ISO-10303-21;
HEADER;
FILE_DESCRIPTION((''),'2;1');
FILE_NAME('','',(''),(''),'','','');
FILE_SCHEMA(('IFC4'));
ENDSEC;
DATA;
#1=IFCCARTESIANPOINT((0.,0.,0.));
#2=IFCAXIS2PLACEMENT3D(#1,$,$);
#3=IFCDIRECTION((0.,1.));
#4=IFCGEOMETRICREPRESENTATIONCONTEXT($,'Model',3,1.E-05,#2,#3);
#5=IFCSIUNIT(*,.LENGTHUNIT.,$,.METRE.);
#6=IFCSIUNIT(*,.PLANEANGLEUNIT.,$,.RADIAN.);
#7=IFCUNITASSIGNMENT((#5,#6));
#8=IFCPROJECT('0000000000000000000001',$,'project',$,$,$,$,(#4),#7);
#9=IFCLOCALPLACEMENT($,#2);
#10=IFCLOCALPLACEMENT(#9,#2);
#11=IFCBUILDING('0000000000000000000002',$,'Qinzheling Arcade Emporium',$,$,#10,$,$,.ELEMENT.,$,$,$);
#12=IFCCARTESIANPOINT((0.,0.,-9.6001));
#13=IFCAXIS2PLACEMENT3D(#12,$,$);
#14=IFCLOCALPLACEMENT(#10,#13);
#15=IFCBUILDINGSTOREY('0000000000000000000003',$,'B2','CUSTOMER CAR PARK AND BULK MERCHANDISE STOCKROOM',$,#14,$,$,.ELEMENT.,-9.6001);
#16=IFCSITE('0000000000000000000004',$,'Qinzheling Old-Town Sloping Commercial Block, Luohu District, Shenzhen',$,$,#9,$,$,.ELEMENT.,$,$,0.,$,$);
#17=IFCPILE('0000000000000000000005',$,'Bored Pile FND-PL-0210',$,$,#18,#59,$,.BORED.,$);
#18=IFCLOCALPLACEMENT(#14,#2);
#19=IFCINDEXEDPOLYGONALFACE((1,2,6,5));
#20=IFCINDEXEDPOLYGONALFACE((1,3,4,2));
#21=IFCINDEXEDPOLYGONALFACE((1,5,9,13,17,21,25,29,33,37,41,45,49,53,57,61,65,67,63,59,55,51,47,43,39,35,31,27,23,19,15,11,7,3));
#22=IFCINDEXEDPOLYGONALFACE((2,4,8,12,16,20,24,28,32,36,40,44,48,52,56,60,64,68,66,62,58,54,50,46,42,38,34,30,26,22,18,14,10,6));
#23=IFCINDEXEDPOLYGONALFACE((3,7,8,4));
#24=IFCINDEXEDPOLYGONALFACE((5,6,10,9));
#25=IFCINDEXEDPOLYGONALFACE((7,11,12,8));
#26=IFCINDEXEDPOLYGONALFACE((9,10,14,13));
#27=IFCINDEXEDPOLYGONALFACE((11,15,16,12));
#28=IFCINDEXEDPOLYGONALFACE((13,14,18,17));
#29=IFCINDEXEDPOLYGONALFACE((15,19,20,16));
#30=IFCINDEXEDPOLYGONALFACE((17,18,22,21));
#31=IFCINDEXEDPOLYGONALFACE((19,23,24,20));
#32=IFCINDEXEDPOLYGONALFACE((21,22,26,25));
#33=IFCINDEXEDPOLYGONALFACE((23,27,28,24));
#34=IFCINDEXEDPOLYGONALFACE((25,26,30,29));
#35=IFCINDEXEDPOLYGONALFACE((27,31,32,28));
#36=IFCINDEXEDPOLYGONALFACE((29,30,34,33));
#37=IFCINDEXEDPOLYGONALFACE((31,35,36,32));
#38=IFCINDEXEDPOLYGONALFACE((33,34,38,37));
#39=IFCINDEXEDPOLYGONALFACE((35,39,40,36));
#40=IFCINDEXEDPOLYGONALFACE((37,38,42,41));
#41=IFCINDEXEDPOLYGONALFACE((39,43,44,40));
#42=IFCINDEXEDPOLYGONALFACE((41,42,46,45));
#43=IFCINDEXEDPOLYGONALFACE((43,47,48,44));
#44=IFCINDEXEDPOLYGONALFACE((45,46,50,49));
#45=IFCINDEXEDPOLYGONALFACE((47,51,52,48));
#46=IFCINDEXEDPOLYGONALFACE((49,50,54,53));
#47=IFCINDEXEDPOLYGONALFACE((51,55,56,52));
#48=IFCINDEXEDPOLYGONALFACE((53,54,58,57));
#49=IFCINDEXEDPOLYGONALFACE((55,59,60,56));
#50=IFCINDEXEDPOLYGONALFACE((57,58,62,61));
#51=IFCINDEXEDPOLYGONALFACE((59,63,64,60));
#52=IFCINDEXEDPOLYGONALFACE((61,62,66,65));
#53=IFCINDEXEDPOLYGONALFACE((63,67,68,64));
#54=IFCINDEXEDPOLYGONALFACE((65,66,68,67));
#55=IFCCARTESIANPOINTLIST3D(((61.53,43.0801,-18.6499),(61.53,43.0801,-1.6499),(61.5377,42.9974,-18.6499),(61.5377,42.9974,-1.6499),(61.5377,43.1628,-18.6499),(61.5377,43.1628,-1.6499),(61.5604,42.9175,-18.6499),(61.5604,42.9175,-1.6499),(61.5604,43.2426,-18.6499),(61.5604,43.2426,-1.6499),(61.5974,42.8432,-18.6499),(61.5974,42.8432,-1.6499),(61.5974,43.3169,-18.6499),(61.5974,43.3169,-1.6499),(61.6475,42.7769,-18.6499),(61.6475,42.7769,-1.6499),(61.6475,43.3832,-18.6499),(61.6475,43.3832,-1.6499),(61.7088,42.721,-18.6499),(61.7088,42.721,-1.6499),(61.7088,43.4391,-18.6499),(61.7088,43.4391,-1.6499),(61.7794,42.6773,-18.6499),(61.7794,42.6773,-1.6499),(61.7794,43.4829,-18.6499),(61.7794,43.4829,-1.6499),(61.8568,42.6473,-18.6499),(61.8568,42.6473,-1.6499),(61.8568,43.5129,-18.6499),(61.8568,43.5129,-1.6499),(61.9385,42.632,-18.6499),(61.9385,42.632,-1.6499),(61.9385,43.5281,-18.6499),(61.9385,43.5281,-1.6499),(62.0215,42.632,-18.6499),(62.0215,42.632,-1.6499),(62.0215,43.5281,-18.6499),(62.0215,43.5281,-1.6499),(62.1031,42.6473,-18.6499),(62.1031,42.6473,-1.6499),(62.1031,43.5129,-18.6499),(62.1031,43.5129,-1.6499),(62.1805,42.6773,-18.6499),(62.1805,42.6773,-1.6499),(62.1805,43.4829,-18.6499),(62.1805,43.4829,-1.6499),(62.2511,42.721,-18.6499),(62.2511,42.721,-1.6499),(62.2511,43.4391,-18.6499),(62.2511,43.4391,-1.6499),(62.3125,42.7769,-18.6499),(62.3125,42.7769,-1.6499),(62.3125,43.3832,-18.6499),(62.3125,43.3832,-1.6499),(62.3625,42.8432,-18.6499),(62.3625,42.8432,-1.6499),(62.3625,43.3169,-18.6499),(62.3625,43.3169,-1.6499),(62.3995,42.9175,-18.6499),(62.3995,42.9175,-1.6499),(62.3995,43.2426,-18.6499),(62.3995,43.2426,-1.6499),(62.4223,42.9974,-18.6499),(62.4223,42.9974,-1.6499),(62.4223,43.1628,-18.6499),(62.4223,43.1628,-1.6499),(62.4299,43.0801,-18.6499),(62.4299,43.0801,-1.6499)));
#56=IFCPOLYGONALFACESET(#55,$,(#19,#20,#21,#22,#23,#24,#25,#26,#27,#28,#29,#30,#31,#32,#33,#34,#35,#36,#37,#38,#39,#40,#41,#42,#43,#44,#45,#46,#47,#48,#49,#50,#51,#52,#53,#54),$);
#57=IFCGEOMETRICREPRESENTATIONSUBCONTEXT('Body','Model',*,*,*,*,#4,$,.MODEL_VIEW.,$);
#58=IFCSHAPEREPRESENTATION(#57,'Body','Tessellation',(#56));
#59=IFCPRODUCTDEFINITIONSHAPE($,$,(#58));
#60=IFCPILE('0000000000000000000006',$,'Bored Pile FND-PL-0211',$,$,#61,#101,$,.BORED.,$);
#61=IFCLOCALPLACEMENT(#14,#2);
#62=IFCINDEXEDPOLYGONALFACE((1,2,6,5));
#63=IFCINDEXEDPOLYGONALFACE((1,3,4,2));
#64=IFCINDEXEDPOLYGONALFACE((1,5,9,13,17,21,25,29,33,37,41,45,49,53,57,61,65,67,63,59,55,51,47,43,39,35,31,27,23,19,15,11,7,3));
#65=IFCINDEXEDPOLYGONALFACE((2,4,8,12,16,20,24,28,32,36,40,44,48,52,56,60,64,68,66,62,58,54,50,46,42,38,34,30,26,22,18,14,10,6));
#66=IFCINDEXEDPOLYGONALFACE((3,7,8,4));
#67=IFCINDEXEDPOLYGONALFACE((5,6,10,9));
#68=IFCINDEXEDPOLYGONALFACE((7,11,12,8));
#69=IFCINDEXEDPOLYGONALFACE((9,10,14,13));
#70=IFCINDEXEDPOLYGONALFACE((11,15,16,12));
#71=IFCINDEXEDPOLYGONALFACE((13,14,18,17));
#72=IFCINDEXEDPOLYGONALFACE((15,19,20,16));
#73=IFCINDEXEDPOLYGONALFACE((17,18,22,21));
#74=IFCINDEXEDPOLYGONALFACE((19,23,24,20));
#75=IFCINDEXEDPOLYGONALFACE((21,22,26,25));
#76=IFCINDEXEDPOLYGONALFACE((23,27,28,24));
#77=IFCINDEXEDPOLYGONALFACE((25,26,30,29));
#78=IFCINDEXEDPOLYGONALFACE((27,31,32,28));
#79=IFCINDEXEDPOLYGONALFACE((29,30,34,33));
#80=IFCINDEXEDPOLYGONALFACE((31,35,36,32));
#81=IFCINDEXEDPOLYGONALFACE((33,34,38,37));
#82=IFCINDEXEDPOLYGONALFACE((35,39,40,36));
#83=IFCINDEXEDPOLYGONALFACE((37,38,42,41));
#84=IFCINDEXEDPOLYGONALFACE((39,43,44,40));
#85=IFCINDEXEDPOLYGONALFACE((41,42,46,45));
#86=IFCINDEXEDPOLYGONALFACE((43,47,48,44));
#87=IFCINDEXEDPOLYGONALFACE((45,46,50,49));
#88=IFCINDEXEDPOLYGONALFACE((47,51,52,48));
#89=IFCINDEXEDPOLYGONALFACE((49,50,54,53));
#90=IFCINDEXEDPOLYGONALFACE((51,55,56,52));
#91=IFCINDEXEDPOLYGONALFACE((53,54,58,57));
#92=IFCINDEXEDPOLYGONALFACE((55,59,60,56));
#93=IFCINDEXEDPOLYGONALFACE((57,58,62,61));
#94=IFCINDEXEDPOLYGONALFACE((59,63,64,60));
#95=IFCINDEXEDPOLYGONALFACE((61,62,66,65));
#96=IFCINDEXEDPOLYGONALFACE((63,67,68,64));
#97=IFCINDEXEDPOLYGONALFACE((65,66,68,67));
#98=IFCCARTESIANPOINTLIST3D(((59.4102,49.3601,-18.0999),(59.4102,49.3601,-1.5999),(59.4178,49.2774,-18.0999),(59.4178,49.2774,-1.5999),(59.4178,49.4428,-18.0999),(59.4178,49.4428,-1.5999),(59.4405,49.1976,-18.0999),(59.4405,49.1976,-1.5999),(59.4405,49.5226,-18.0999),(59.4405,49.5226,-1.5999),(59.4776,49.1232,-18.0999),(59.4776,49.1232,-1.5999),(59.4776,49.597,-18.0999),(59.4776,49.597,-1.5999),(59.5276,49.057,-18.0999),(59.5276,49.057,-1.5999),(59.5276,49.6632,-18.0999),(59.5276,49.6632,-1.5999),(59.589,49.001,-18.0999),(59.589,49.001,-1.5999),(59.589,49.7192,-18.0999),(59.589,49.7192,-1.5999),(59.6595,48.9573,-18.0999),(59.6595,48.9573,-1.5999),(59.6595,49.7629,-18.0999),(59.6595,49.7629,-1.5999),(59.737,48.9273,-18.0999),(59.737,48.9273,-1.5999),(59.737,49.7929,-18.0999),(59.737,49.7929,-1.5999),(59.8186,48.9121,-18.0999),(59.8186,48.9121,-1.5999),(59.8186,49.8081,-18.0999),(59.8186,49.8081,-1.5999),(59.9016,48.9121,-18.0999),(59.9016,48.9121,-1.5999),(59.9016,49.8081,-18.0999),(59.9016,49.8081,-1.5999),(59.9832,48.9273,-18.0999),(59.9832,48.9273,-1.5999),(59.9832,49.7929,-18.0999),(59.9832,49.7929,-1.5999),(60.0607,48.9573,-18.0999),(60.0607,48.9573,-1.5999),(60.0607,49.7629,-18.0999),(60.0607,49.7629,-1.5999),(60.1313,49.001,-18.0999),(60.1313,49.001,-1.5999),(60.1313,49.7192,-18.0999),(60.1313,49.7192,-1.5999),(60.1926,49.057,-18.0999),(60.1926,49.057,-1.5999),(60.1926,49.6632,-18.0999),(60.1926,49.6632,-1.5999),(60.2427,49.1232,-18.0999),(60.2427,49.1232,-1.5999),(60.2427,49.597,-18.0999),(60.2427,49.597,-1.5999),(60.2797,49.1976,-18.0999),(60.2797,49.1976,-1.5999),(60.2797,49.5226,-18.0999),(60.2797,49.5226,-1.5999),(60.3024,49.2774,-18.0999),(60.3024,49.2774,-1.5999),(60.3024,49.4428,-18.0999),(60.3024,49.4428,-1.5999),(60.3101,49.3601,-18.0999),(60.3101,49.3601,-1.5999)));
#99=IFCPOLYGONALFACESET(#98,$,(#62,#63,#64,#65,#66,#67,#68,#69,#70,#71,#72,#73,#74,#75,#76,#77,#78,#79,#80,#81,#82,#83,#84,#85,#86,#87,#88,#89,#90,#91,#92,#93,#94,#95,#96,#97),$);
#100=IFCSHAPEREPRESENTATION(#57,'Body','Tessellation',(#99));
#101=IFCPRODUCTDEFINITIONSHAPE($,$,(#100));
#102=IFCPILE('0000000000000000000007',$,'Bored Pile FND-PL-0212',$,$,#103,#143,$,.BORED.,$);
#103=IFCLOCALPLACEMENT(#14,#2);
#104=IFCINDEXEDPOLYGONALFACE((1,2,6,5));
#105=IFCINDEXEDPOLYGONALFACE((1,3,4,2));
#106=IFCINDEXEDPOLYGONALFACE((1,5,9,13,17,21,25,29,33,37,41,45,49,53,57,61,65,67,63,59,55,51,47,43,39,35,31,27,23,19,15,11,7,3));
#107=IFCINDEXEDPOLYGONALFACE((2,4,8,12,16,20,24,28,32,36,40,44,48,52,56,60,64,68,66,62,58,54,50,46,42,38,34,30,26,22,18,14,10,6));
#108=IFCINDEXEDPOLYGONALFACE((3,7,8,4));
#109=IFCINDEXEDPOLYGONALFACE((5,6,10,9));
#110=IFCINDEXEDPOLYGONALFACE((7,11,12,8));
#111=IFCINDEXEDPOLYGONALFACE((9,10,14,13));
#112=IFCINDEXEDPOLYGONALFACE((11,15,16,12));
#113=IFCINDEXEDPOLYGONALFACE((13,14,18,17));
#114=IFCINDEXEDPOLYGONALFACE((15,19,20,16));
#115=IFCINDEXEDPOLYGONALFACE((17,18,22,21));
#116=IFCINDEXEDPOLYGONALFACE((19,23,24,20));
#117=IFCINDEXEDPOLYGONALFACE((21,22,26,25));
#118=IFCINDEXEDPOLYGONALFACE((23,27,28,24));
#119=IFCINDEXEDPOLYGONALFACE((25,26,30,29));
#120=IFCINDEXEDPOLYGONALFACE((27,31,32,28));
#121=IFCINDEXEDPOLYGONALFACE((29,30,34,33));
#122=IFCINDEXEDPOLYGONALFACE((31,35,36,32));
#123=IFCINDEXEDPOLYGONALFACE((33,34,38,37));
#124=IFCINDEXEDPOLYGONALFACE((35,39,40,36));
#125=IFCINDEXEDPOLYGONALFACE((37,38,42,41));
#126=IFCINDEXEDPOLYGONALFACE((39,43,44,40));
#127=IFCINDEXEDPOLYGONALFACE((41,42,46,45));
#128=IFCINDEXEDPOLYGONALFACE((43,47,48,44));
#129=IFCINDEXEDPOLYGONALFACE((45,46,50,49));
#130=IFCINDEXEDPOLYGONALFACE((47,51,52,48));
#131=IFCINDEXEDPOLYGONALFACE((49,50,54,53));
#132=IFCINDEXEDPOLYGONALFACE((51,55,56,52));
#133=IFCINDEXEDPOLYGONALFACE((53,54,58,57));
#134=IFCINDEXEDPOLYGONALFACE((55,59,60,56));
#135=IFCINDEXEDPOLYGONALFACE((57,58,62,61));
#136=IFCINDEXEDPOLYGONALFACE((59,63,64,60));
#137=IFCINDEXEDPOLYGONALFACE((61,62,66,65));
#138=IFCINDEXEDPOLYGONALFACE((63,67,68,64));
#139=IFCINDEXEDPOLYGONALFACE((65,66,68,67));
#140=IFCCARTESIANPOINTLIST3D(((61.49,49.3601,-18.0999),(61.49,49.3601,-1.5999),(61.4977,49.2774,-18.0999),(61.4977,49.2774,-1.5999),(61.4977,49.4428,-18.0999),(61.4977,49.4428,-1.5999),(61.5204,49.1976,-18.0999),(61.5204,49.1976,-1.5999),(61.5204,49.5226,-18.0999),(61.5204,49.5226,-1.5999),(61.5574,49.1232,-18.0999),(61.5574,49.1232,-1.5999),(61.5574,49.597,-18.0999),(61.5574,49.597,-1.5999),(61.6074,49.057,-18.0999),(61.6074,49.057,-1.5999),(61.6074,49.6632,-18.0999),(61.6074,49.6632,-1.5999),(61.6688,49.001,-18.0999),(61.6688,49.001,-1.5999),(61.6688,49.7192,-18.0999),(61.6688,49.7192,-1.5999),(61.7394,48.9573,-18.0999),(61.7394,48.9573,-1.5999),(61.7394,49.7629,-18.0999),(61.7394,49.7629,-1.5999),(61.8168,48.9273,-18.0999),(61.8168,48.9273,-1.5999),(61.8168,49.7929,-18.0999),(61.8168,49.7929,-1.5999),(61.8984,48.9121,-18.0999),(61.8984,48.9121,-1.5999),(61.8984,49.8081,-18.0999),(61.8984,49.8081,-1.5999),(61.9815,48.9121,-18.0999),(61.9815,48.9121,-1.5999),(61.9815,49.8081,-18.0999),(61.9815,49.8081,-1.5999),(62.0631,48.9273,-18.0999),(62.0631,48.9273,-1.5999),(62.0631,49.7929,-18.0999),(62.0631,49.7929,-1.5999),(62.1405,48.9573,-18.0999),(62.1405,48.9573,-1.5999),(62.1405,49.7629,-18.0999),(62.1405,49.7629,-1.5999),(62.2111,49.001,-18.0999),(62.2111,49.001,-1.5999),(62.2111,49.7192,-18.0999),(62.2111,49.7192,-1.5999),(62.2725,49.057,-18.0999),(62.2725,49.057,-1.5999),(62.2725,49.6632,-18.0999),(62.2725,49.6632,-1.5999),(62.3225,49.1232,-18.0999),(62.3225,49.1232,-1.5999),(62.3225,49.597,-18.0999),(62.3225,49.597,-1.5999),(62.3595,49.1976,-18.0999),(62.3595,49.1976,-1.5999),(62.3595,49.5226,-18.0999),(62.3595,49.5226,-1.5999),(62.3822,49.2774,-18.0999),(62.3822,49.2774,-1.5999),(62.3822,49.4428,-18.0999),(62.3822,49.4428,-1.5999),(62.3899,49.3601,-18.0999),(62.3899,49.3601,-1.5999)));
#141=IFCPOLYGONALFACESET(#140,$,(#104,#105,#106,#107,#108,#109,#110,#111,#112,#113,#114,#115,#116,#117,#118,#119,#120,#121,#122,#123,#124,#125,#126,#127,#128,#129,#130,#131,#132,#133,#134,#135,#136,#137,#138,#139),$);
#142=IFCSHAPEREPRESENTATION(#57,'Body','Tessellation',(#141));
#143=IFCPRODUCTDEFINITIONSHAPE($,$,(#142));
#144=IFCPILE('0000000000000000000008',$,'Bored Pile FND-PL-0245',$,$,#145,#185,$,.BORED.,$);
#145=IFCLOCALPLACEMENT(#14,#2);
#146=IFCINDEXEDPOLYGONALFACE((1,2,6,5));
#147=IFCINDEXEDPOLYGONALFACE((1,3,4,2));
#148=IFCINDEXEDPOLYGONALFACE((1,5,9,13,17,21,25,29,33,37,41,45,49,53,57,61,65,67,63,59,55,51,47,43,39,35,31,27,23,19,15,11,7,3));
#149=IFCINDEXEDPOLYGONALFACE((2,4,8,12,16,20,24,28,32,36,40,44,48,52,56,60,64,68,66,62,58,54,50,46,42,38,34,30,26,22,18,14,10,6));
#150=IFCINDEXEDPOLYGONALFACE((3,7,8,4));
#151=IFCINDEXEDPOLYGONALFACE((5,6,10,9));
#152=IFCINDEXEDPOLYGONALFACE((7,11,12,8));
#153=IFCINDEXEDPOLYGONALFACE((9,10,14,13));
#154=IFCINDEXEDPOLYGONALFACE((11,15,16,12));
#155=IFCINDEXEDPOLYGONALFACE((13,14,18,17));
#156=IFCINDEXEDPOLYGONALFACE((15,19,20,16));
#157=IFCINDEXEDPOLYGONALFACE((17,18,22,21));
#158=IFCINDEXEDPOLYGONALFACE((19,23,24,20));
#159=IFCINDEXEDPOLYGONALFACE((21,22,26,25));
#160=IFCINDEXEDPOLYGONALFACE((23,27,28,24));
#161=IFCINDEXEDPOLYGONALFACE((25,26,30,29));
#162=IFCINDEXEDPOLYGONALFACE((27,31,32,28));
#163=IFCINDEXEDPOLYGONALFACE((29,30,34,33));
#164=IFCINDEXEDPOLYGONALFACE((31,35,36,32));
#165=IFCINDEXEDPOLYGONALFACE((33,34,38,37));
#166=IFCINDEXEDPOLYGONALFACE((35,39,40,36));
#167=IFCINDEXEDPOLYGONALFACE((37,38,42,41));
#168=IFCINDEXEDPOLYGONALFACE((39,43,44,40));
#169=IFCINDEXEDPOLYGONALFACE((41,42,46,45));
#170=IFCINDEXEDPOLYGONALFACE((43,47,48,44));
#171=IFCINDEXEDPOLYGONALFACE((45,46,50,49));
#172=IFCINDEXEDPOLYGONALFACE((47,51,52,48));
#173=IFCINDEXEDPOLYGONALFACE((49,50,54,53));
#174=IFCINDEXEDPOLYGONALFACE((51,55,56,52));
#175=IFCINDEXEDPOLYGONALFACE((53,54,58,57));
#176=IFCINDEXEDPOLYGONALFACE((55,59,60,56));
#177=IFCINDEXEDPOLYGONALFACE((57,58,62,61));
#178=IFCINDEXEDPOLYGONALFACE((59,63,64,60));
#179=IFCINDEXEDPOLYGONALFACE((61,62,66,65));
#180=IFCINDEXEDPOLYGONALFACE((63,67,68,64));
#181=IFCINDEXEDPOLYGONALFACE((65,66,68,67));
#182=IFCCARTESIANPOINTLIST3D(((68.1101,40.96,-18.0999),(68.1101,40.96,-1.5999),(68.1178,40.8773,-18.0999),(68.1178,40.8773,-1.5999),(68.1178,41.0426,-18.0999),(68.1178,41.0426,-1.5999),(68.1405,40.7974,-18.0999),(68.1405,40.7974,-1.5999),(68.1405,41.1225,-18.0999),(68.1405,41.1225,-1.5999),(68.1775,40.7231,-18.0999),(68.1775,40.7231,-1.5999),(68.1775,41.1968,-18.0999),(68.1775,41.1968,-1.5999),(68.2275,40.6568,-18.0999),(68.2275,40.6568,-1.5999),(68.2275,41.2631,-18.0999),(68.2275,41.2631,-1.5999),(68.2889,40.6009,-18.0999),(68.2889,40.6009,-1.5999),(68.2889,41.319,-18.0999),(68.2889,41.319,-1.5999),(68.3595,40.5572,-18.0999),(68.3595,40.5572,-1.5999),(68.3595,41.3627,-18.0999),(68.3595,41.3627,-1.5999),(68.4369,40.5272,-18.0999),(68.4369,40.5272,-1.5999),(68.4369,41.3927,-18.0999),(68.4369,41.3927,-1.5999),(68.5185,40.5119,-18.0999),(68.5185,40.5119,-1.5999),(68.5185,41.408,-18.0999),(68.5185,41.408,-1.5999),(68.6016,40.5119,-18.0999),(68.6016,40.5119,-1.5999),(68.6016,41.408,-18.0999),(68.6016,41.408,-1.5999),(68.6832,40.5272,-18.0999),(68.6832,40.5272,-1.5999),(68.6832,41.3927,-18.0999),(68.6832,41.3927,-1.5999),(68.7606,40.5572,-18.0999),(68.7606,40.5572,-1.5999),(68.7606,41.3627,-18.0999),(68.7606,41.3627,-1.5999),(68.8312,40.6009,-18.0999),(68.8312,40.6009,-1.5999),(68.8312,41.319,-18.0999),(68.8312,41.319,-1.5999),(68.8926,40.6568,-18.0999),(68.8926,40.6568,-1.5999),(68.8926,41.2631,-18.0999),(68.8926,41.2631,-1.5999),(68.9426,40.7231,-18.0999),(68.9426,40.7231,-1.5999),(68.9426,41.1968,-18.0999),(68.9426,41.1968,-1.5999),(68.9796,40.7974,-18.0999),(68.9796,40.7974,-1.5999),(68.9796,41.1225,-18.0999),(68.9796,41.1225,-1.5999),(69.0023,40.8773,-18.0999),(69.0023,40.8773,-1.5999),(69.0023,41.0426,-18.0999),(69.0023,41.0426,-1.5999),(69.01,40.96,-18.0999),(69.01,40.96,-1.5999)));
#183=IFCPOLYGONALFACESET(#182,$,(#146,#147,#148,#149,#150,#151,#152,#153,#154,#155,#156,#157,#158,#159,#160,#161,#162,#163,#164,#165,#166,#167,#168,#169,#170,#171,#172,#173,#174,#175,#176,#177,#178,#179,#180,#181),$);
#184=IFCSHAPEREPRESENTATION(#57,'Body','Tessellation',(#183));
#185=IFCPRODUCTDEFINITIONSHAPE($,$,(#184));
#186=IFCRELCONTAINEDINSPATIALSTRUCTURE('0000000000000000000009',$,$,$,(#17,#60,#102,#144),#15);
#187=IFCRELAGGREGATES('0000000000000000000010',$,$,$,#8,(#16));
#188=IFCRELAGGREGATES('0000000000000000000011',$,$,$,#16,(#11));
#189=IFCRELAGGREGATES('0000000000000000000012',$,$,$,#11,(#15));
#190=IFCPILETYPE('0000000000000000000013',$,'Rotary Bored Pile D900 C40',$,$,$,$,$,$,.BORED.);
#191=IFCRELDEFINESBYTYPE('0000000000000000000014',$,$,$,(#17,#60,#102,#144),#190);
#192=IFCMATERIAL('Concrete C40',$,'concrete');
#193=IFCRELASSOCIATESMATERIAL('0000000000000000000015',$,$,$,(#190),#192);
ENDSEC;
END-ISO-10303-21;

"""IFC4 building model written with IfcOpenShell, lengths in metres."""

from ifc_helpers import new_model, si_unit, direction, frame, origin, origin_2d, place, context, subcontext, project, spatial, circle, extrude, material, material_profile, profile_set, type_object, element, save


model = new_model("IFC4")

# Units and contexts
model_context = context("Model", 3, precision=1e-05, world=origin(), true_north=direction((0.0, 1.0)))
body_context = subcontext(model_context, "Body", "Model", "MODEL_VIEW")
ifc_project = project(units=[si_unit("LENGTHUNIT", "METRE"), si_unit("PLANEANGLEUNIT", "RADIAN")], contexts=[model_context])

# Site, building, storey
site_placement = place(None, origin())
site = spatial("IfcSite", under=ifc_project, at=site_placement, Name="Qinzheling Old-Town Sloping Commercial Block, Luohu District, Shenzhen", CompositionType="ELEMENT", RefElevation=0.0)
building_placement = place(site_placement, origin())
building = spatial("IfcBuilding", under=site, at=building_placement, Name="Qinzheling Arcade Emporium", CompositionType="ELEMENT")
storey_placement = place(building_placement, frame((0.0, 0.0, -9.6001)))
storey = spatial("IfcBuildingStorey", under=building, at=storey_placement, Name="B2", Description="CUSTOMER CAR PARK AND BULK MERCHANDISE STOCKROOM", CompositionType="ELEMENT", Elevation=-9.6001)

# Shared definitions
ifc_material_1 = material(Name="Concrete C40", Category="concrete")

# Piles
ifc_material_profile_1 = material_profile(ifc_material_1, circle(Radius=0.45, at=origin_2d()), Name="BORED D900", Category="concrete")
ifc_profile_set_1 = profile_set([ifc_material_profile_1], Name="Concrete C40")
pile_type = type_object("IfcPileType", Name="Rotary Bored Pile D900 C40", PredefinedType="BORED", material=ifc_profile_set_1)
for number, where, z_axis, x_axis, name in (
    (1, (61.98, 43.0801, -1.6499), (0.0, 0.0, -1.0), (1.0, 0.0, 0.0), "Bored Pile FND-PL-0210"),
):
    element("IfcPile", number, at=place(storey_placement, frame(where, z_axis=z_axis, x_axis=x_axis)), inside=storey, type_object=pile_type, Name=name, PredefinedType="BORED", context=body_context, shape_type="SweptSolid", body=[
        extrude(circle(Radius=0.45, at=origin_2d()), origin(), (0.0, 0.0, 1.0), 17.0),
    ])
for number, where, z_axis, x_axis, name in (
    (2, (59.8601, 49.3601, -1.5999), (0.0, 0.0, -1.0), (1.0, 0.0, 0.0), "Bored Pile FND-PL-0211"),
    (3, (61.9399, 49.3601, -1.5999), (0.0, 0.0, -1.0), (1.0, 0.0, 0.0), "Bored Pile FND-PL-0212"),
    (4, (68.5601, 40.96, -1.5999), (0.0, 0.0, -1.0), (1.0, 0.0, 0.0), "Bored Pile FND-PL-0245"),
):
    element("IfcPile", number, at=place(storey_placement, frame(where, z_axis=z_axis, x_axis=x_axis)), inside=storey, type_object=pile_type, Name=name, PredefinedType="BORED", context=body_context, shape_type="SweptSolid", body=[
        extrude(circle(Radius=0.45, at=origin_2d()), origin(), (0.0, 0.0, 1.0), 16.5),
    ])

save(model, "model.ifc")
